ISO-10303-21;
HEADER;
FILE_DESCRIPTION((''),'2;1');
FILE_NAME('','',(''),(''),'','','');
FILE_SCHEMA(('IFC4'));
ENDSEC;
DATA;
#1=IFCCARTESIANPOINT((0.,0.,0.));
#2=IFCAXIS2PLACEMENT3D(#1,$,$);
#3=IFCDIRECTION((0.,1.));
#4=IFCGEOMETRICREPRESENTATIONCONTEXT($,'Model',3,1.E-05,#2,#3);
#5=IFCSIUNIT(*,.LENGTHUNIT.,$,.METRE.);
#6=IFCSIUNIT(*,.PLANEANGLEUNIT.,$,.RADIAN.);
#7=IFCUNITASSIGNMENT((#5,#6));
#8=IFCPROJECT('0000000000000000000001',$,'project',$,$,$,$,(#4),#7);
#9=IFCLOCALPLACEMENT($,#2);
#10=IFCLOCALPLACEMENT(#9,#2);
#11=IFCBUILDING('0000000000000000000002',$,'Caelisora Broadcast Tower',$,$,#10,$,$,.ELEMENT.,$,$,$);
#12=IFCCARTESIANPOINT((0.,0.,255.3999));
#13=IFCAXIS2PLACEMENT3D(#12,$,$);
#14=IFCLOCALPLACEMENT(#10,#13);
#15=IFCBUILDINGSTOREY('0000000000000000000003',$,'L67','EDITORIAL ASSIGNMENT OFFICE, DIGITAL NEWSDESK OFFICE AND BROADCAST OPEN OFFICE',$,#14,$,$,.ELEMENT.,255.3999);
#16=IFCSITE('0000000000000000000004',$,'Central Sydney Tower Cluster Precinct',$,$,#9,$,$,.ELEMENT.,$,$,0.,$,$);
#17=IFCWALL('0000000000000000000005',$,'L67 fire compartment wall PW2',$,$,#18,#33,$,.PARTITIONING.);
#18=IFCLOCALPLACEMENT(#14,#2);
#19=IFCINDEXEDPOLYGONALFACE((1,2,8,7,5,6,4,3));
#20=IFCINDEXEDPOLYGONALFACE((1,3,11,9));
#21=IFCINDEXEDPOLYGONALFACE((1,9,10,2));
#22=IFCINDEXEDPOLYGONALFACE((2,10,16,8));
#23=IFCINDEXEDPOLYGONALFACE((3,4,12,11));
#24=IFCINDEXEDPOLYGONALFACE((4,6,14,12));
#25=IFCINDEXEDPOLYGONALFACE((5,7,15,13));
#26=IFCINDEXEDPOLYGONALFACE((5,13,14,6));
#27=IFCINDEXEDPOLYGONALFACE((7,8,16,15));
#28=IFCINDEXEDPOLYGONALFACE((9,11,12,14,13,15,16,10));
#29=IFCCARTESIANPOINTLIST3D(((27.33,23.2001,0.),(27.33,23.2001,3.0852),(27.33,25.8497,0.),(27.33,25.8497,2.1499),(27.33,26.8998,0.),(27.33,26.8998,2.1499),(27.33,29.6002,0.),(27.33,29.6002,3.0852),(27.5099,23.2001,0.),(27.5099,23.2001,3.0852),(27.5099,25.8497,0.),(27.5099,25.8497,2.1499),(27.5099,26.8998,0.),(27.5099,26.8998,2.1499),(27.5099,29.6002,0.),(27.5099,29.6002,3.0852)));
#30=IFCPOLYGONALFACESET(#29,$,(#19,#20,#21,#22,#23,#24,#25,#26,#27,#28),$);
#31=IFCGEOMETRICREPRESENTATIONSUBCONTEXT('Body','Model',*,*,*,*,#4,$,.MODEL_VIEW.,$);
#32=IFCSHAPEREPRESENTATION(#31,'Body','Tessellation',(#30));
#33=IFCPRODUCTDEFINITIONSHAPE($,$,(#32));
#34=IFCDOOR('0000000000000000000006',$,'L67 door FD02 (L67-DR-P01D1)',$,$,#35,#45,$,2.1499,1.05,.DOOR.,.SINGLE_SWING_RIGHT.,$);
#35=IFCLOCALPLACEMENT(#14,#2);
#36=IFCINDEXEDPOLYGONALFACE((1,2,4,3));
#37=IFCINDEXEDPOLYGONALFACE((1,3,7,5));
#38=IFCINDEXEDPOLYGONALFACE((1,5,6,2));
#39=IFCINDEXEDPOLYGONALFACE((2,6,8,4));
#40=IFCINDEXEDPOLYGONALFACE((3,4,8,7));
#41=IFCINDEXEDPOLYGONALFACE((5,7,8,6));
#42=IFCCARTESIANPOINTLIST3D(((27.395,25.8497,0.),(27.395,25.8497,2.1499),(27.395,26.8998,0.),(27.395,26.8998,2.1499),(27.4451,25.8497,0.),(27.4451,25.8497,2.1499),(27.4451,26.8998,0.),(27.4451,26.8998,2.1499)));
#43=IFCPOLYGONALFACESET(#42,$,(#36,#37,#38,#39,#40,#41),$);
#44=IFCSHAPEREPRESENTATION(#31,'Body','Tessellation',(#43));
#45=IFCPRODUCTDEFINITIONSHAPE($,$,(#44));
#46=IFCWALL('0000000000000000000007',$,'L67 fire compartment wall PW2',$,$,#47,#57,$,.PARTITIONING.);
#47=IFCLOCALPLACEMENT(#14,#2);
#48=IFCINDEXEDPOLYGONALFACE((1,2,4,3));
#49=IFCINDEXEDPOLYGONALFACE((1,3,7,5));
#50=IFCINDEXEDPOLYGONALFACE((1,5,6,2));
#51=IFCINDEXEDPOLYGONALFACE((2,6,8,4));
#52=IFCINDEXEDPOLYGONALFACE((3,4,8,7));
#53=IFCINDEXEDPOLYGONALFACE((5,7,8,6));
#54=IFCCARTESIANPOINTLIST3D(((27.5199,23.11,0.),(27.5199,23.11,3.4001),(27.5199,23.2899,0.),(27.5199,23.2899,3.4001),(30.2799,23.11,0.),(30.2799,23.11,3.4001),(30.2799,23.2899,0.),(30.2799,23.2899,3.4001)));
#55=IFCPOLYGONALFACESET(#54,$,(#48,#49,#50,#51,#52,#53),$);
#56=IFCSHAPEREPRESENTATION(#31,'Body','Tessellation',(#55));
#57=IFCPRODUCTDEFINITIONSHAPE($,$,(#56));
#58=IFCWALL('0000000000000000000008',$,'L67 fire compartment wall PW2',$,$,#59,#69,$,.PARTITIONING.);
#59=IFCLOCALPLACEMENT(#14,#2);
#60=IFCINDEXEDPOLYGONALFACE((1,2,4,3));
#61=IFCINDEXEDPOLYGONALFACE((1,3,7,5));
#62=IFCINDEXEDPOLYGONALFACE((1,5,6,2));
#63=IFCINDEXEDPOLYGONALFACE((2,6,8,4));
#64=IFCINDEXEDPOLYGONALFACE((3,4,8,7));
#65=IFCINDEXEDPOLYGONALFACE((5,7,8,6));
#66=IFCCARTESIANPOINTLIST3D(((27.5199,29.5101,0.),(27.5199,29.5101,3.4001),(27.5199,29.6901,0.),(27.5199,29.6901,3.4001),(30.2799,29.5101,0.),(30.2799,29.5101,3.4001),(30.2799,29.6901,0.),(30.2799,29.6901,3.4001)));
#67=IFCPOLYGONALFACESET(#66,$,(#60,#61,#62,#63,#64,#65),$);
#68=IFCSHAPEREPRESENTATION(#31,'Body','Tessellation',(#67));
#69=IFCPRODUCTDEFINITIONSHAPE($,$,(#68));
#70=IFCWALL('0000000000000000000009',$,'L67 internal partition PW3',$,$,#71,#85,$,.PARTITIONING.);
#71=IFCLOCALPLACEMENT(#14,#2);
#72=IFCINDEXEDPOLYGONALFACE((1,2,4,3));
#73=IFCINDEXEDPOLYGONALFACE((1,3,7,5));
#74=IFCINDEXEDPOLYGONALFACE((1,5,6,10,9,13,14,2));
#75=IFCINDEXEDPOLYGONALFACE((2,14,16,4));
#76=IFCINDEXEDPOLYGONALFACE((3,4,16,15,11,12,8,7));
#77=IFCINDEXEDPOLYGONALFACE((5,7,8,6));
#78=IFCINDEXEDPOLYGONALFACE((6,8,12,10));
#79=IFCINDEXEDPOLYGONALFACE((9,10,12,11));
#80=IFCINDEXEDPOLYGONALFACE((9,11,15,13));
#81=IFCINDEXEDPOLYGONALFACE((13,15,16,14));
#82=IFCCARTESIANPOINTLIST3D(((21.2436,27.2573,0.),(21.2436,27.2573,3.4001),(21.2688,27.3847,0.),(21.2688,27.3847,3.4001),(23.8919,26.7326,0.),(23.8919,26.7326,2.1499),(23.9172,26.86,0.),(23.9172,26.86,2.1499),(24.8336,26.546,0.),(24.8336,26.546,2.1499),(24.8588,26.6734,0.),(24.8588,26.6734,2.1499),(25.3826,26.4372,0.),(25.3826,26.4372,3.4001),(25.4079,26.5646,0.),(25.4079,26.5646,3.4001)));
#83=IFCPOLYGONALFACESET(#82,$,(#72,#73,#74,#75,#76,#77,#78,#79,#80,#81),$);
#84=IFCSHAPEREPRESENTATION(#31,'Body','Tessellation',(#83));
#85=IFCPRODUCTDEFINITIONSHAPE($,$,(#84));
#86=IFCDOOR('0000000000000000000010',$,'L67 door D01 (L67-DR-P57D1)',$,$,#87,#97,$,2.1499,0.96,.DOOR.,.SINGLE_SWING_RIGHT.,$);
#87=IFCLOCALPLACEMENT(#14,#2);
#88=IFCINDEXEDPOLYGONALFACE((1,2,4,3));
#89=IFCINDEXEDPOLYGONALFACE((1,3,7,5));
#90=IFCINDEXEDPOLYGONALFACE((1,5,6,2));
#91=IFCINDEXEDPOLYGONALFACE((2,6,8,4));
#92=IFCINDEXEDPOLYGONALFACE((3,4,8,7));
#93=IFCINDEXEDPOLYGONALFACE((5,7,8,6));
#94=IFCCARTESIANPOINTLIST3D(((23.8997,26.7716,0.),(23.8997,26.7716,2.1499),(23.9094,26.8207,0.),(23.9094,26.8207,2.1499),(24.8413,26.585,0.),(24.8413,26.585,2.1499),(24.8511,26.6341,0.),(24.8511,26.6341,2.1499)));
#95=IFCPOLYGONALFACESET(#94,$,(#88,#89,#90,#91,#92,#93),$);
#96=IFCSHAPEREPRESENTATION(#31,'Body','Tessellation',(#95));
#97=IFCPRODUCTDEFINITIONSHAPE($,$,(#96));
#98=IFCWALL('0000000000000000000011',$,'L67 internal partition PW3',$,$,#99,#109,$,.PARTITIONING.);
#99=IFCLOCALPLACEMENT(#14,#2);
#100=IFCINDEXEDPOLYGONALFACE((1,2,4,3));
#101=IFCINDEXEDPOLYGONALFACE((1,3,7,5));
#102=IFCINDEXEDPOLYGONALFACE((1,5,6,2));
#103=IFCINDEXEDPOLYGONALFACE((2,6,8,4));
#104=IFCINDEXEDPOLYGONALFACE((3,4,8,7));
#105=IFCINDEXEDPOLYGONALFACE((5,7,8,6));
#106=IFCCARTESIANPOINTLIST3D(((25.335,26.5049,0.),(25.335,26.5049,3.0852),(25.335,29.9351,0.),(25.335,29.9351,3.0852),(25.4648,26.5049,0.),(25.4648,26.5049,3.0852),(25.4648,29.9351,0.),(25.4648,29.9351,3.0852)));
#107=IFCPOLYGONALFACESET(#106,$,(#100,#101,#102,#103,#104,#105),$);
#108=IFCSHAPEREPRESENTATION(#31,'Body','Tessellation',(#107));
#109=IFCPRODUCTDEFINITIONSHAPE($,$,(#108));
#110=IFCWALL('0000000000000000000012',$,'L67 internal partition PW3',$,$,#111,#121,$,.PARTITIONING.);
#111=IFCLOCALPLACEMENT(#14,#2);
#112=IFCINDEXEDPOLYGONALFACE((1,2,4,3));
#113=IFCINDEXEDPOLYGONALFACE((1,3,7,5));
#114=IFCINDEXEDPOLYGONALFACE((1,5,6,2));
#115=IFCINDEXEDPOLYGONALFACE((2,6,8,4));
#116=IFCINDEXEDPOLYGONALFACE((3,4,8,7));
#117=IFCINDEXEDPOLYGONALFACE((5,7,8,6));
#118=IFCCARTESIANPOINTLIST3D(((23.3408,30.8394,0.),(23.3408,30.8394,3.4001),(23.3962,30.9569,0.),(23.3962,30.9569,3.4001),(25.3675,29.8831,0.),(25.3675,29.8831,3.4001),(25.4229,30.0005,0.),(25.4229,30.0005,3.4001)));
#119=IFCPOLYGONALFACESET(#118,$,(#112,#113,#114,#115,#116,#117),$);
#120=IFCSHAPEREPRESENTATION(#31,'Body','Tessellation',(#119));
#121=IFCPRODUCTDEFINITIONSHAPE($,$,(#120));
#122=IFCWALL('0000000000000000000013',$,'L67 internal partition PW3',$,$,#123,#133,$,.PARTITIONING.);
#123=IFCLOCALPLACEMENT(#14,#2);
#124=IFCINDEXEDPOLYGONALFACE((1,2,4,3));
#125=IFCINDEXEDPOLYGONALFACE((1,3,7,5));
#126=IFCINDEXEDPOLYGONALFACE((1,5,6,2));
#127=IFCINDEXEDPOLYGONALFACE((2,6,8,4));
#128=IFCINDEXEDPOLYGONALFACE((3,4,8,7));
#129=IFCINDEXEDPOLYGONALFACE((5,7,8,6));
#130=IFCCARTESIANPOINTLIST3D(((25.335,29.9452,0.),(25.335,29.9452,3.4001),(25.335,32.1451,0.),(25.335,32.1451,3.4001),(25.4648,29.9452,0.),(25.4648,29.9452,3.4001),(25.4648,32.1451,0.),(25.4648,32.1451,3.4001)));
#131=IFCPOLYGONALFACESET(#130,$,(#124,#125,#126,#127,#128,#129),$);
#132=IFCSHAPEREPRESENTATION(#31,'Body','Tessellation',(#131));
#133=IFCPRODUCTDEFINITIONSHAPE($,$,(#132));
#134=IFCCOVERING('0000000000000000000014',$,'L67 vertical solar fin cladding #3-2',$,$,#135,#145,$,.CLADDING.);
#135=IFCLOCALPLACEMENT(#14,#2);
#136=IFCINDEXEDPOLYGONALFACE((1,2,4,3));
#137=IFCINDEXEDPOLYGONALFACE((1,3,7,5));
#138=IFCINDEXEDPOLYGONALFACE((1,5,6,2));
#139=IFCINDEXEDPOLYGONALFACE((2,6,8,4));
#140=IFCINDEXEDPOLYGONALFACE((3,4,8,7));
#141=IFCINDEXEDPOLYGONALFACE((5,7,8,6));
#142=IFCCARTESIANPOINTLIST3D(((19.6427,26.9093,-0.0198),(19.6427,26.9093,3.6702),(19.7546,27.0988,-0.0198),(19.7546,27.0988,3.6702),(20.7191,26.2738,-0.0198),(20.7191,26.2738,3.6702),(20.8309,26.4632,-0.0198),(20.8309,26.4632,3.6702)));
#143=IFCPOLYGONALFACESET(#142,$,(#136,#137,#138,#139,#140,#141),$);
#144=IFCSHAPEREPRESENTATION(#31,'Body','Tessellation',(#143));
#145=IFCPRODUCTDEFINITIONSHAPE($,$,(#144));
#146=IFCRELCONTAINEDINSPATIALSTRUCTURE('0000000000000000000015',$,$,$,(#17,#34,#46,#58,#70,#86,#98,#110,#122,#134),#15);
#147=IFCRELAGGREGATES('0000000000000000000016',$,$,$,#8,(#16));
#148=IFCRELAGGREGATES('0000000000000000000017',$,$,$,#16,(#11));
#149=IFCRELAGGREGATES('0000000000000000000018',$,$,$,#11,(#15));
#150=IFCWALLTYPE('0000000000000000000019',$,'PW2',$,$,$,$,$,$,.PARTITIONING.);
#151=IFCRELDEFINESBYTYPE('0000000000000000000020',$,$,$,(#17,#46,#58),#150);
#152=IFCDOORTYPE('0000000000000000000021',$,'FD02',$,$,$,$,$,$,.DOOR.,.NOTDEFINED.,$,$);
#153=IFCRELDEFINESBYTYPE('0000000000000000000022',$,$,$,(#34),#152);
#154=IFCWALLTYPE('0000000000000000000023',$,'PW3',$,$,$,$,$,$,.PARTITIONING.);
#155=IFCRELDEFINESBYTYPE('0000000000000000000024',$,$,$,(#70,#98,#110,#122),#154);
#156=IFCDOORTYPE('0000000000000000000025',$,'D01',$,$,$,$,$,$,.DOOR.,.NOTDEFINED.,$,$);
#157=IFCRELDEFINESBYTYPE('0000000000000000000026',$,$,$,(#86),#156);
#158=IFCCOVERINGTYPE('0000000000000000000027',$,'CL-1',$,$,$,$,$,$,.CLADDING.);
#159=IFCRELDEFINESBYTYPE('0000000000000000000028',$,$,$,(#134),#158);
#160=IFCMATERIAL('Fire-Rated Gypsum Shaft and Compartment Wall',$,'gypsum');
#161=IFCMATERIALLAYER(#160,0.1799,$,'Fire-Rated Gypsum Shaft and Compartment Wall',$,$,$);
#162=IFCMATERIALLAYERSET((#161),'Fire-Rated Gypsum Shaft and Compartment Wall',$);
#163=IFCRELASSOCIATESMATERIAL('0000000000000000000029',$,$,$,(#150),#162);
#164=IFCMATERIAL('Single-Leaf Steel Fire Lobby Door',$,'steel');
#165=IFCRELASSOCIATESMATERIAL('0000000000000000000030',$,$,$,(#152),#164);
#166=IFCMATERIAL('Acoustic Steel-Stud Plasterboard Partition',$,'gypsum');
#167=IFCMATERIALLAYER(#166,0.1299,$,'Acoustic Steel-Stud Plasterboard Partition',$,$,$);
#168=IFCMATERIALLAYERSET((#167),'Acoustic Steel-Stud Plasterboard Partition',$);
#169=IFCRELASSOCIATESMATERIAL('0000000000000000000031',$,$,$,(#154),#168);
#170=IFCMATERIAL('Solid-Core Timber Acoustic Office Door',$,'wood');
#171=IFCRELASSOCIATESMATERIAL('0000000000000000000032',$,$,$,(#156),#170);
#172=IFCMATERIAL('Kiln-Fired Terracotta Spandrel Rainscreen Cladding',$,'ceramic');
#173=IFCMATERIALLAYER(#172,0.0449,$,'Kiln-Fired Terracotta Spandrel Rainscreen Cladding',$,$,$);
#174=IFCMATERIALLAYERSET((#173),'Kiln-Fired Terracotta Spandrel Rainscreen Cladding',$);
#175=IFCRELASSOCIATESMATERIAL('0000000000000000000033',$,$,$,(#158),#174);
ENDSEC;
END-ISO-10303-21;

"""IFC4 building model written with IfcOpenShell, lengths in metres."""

from ifc_helpers import new_model, si_unit, direction, frame, frame_2d, origin, origin_2d, place, context, subcontext, project, spatial, rectangle, extrude, source, transform, mapped, material, layer, layer_set, type_object, type_shapes, element, fill, save


model = new_model("IFC4")

# Units and contexts
model_context = context("Model", 3, precision=1e-05, world=origin(), true_north=direction((0.0, 1.0)))
body_context = subcontext(model_context, "Body", "Model", "MODEL_VIEW")
ifc_project = project(units=[si_unit("LENGTHUNIT", "METRE"), si_unit("PLANEANGLEUNIT", "RADIAN")], contexts=[model_context])

# Site, building, storey
site_placement = place(None, origin())
site = spatial("IfcSite", under=ifc_project, at=site_placement, Name="Central Sydney Tower Cluster Precinct", CompositionType="ELEMENT", RefElevation=0.0)
building_placement = place(site_placement, origin())
building = spatial("IfcBuilding", under=site, at=building_placement, Name="Caelisora Broadcast Tower", CompositionType="ELEMENT")
storey_placement = place(building_placement, frame((0.0, 0.0, 255.3999)))
storey = spatial("IfcBuildingStorey", under=building, at=storey_placement, Name="L67", Description="EDITORIAL ASSIGNMENT OFFICE, DIGITAL NEWSDESK OFFICE AND BROADCAST OPEN OFFICE", CompositionType="ELEMENT", Elevation=255.3999)

# Wall, opening, door
ifc_material_1 = material(Name="Fire-Rated Gypsum Shaft and Compartment Wall", Category="gypsum")
ifc_layer_1 = layer(ifc_material_1, 0.1799, Name="Fire-Rated Gypsum Shaft and Compartment Wall")
ifc_layer_set_1 = layer_set([ifc_layer_1], Name="Fire-Rated Gypsum Shaft and Compartment Wall")
wall_type_1 = type_object("IfcWallType", Name="PW2", PredefinedType="PARTITIONING", material=ifc_layer_set_1)
wall_1_placement = place(storey_placement, frame((27.4199, 23.2, 0.0), z_axis=(0.0, 0.0, 1.0), x_axis=(0.0, 1.0, 0.0)))
wall_1 = element("IfcWall", 1, at=wall_1_placement, inside=storey, type_object=wall_type_1, Name="L67 fire compartment wall PW2", PredefinedType="PARTITIONING", context=body_context, shape_type="SweptSolid", body=[
    extrude(rectangle(XDim=6.4001, YDim=0.1799, at=frame_2d((3.2002, 0.0))), origin(), (0.0, 0.0, 1.0), 3.0852),
])
opening_1_placement = place(wall_1_placement, frame((2.6499, 0.0, 0.0)))
opening_1 = element("IfcOpeningElement", 2, at=opening_1_placement, cuts=wall_1, PredefinedType="OPENING", context=body_context, shape_type="SweptSolid", body=[
    extrude(rectangle(XDim=1.05, YDim=2.1499, at=frame_2d((0.5249, 1.075))), frame((0.0, 0.1021, 0.0), z_axis=(0.0, -1.0, 0.0), x_axis=(1.0, 0.0, 0.0)), (0.0, 0.0, 1.0), 0.2039),
])
ifc_material_2 = material(Name="Single-Leaf Steel Fire Lobby Door", Category="steel")
door_type_1 = type_object("IfcDoorType", Name="FD02", OperationType="NOTDEFINED", PredefinedType="DOOR", material=ifc_material_2)
door_1_placement = place(opening_1_placement, origin())
door_1 = element("IfcDoor", 3, at=door_1_placement, inside=storey, type_object=door_type_1, Name="L67 door FD02 (L67-DR-P01D1)", OperationType="SINGLE_SWING_RIGHT", OverallHeight=2.1499, OverallWidth=1.05, PredefinedType="DOOR", context=body_context, shape_type="SweptSolid", body=[
    extrude(rectangle(XDim=1.05, YDim=2.1499, at=frame_2d((0.5249, 1.075))), frame((0.0, 0.0249, 0.0), z_axis=(0.0, -1.0, 0.0), x_axis=(1.0, 0.0, 0.0)), (0.0, 0.0, 1.0), 0.05),
])
fill(opening_1, door_1)

# Walls
for number, where, z_axis, x_axis, name in (
    (4, (27.52, 23.2, 0.0), (0.0, 0.0, 1.0), (1.0, 0.0, 0.0), "L67 fire compartment wall PW2"),
    (5, (27.52, 29.6001, 0.0), (0.0, 0.0, 1.0), (1.0, 0.0, 0.0), "L67 fire compartment wall PW2"),
):
    element("IfcWall", number, at=place(storey_placement, frame(where, z_axis=z_axis, x_axis=x_axis)), inside=storey, type_object=wall_type_1, Name=name, PredefinedType="PARTITIONING", context=body_context, shape_type="SweptSolid", body=[
        extrude(rectangle(XDim=2.76, YDim=0.1799, at=frame_2d((1.3799, 0.0))), origin(), (0.0, 0.0, 1.0), 3.4001),
    ])

# Wall, opening, door
ifc_material_3 = material(Name="Acoustic Steel-Stud Plasterboard Partition", Category="gypsum")
ifc_layer_2 = layer(ifc_material_3, 0.1299, Name="Acoustic Steel-Stud Plasterboard Partition")
ifc_layer_set_2 = layer_set([ifc_layer_2], Name="Acoustic Steel-Stud Plasterboard Partition")
wall_type_2 = type_object("IfcWallType", Name="PW3", PredefinedType="PARTITIONING", material=ifc_layer_set_2)
wall_2_placement = place(storey_placement, frame((21.2561, 27.321, 0.0), z_axis=(0.0, 0.0, 1.0), x_axis=(0.980931, -0.194358, 0.0)))
wall_2 = element("IfcWall", 6, at=wall_2_placement, inside=storey, type_object=wall_type_2, Name="L67 internal partition PW3", PredefinedType="PARTITIONING", context=body_context, shape_type="SweptSolid", body=[
    extrude(rectangle(XDim=4.2195, YDim=0.1299, at=frame_2d((2.1099, 0.0))), origin(), (0.0, 0.0, 1.0), 3.4001),
])
opening_2_placement = place(wall_2_placement, frame((2.7, 0.0, 0.0)))
opening_2 = element("IfcOpeningElement", 7, at=opening_2_placement, cuts=wall_2, PredefinedType="OPENING", context=body_context, shape_type="SweptSolid", body=[
    extrude(rectangle(XDim=0.96, YDim=2.1499, at=frame_2d((0.48, 1.075))), frame((0.0, 0.0769, 0.0), z_axis=(0.0, -1.0, 0.0), x_axis=(1.0, 0.0, 0.0)), (0.0, 0.0, 1.0), 0.1538),
])
ifc_material_4 = material(Name="Solid-Core Timber Acoustic Office Door", Category="wood")
door_type_2 = type_object("IfcDoorType", Name="D01", OperationType="NOTDEFINED", PredefinedType="DOOR", material=ifc_material_4)
door_2_placement = place(opening_2_placement, origin())
door_2 = element("IfcDoor", 8, at=door_2_placement, inside=storey, type_object=door_type_2, Name="L67 door D01 (L67-DR-P57D1)", OperationType="SINGLE_SWING_RIGHT", OverallHeight=2.1499, OverallWidth=0.96, PredefinedType="DOOR", context=body_context, shape_type="SweptSolid", body=[
    extrude(rectangle(XDim=0.96, YDim=2.1499, at=frame_2d((0.48, 1.075))), frame((0.0, 0.0249, 0.0), z_axis=(0.0, -1.0, 0.0), x_axis=(1.0, 0.0, 0.0)), (0.0, 0.0, 1.0), 0.05),
])
fill(opening_2, door_2)

# Walls
wall_3_placement = place(storey_placement, frame((25.3999, 26.5049, 0.0), z_axis=(0.0, 0.0, 1.0), x_axis=(0.0, 1.0, 0.0)))
element("IfcWall", 9, at=wall_3_placement, inside=storey, type_object=wall_type_2, Name="L67 internal partition PW3", PredefinedType="PARTITIONING", context=body_context, shape_type="SweptSolid", body=[
    extrude(rectangle(XDim=3.4302, YDim=0.1299, at=frame_2d((1.7151, 0.0))), origin(), (0.0, 0.0, 1.0), 3.0852),
])
wall_4_placement = place(storey_placement, frame((23.3684, 30.8982, 0.0), z_axis=(0.0, 0.0, 1.0), x_axis=(0.904371, -0.426746, 0.0)))
element("IfcWall", 10, at=wall_4_placement, inside=storey, type_object=wall_type_2, Name="L67 internal partition PW3", PredefinedType="PARTITIONING", context=body_context, shape_type="SweptSolid", body=[
    extrude(rectangle(XDim=2.241, YDim=0.1299, at=frame_2d((1.1206, 0.0))), origin(), (0.0, 0.0, 1.0), 3.4001),
])
wall_5_placement = place(storey_placement, frame((25.3999, 29.9451, 0.0), z_axis=(0.0, 0.0, 1.0), x_axis=(0.0, 1.0, 0.0)))
element("IfcWall", 11, at=wall_5_placement, inside=storey, type_object=wall_type_2, Name="L67 internal partition PW3", PredefinedType="PARTITIONING", context=body_context, shape_type="SweptSolid", body=[
    extrude(rectangle(XDim=2.2, YDim=0.1299, at=frame_2d((1.1001, 0.0))), origin(), (0.0, 0.0, 1.0), 3.4001),
])

# Covering
ifc_material_5 = material(Name="Kiln-Fired Terracotta Spandrel Rainscreen Cladding", Category="ceramic")
ifc_layer_3 = layer(ifc_material_5, 0.0449, Name="Kiln-Fired Terracotta Spandrel Rainscreen Cladding")
ifc_layer_set_3 = layer_set([ifc_layer_3], Name="Kiln-Fired Terracotta Spandrel Rainscreen Cladding")
covering_type = type_object("IfcCoveringType", Name="CL-1", PredefinedType="CLADDING", material=ifc_layer_set_3)
shared_shape_1 = source(origin(), body_context, "Body", "SweptSolid", [
    extrude(rectangle(XDim=0.22, YDim=1.25, at=origin_2d()), origin(), (0.0, 0.0, 1.0), 3.6899),
])
type_shapes(covering_type, [shared_shape_1])
covering_placement = place(storey_placement, frame((20.2368, 26.6863, -0.0198), z_axis=(0.0, 0.0, 1.0), x_axis=(0.50844, 0.861097, 0.0)))
element("IfcCovering", 12, at=covering_placement, inside=storey, type_object=covering_type, Name="L67 vertical solar fin cladding #3-2", PredefinedType="CLADDING", context=body_context, shape_type="MappedRepresentation", body=[
    mapped(shared_shape_1, transform((0.0, 0.0, 0.0), scale=1.0)),
])

save(model, "model.ifc")
